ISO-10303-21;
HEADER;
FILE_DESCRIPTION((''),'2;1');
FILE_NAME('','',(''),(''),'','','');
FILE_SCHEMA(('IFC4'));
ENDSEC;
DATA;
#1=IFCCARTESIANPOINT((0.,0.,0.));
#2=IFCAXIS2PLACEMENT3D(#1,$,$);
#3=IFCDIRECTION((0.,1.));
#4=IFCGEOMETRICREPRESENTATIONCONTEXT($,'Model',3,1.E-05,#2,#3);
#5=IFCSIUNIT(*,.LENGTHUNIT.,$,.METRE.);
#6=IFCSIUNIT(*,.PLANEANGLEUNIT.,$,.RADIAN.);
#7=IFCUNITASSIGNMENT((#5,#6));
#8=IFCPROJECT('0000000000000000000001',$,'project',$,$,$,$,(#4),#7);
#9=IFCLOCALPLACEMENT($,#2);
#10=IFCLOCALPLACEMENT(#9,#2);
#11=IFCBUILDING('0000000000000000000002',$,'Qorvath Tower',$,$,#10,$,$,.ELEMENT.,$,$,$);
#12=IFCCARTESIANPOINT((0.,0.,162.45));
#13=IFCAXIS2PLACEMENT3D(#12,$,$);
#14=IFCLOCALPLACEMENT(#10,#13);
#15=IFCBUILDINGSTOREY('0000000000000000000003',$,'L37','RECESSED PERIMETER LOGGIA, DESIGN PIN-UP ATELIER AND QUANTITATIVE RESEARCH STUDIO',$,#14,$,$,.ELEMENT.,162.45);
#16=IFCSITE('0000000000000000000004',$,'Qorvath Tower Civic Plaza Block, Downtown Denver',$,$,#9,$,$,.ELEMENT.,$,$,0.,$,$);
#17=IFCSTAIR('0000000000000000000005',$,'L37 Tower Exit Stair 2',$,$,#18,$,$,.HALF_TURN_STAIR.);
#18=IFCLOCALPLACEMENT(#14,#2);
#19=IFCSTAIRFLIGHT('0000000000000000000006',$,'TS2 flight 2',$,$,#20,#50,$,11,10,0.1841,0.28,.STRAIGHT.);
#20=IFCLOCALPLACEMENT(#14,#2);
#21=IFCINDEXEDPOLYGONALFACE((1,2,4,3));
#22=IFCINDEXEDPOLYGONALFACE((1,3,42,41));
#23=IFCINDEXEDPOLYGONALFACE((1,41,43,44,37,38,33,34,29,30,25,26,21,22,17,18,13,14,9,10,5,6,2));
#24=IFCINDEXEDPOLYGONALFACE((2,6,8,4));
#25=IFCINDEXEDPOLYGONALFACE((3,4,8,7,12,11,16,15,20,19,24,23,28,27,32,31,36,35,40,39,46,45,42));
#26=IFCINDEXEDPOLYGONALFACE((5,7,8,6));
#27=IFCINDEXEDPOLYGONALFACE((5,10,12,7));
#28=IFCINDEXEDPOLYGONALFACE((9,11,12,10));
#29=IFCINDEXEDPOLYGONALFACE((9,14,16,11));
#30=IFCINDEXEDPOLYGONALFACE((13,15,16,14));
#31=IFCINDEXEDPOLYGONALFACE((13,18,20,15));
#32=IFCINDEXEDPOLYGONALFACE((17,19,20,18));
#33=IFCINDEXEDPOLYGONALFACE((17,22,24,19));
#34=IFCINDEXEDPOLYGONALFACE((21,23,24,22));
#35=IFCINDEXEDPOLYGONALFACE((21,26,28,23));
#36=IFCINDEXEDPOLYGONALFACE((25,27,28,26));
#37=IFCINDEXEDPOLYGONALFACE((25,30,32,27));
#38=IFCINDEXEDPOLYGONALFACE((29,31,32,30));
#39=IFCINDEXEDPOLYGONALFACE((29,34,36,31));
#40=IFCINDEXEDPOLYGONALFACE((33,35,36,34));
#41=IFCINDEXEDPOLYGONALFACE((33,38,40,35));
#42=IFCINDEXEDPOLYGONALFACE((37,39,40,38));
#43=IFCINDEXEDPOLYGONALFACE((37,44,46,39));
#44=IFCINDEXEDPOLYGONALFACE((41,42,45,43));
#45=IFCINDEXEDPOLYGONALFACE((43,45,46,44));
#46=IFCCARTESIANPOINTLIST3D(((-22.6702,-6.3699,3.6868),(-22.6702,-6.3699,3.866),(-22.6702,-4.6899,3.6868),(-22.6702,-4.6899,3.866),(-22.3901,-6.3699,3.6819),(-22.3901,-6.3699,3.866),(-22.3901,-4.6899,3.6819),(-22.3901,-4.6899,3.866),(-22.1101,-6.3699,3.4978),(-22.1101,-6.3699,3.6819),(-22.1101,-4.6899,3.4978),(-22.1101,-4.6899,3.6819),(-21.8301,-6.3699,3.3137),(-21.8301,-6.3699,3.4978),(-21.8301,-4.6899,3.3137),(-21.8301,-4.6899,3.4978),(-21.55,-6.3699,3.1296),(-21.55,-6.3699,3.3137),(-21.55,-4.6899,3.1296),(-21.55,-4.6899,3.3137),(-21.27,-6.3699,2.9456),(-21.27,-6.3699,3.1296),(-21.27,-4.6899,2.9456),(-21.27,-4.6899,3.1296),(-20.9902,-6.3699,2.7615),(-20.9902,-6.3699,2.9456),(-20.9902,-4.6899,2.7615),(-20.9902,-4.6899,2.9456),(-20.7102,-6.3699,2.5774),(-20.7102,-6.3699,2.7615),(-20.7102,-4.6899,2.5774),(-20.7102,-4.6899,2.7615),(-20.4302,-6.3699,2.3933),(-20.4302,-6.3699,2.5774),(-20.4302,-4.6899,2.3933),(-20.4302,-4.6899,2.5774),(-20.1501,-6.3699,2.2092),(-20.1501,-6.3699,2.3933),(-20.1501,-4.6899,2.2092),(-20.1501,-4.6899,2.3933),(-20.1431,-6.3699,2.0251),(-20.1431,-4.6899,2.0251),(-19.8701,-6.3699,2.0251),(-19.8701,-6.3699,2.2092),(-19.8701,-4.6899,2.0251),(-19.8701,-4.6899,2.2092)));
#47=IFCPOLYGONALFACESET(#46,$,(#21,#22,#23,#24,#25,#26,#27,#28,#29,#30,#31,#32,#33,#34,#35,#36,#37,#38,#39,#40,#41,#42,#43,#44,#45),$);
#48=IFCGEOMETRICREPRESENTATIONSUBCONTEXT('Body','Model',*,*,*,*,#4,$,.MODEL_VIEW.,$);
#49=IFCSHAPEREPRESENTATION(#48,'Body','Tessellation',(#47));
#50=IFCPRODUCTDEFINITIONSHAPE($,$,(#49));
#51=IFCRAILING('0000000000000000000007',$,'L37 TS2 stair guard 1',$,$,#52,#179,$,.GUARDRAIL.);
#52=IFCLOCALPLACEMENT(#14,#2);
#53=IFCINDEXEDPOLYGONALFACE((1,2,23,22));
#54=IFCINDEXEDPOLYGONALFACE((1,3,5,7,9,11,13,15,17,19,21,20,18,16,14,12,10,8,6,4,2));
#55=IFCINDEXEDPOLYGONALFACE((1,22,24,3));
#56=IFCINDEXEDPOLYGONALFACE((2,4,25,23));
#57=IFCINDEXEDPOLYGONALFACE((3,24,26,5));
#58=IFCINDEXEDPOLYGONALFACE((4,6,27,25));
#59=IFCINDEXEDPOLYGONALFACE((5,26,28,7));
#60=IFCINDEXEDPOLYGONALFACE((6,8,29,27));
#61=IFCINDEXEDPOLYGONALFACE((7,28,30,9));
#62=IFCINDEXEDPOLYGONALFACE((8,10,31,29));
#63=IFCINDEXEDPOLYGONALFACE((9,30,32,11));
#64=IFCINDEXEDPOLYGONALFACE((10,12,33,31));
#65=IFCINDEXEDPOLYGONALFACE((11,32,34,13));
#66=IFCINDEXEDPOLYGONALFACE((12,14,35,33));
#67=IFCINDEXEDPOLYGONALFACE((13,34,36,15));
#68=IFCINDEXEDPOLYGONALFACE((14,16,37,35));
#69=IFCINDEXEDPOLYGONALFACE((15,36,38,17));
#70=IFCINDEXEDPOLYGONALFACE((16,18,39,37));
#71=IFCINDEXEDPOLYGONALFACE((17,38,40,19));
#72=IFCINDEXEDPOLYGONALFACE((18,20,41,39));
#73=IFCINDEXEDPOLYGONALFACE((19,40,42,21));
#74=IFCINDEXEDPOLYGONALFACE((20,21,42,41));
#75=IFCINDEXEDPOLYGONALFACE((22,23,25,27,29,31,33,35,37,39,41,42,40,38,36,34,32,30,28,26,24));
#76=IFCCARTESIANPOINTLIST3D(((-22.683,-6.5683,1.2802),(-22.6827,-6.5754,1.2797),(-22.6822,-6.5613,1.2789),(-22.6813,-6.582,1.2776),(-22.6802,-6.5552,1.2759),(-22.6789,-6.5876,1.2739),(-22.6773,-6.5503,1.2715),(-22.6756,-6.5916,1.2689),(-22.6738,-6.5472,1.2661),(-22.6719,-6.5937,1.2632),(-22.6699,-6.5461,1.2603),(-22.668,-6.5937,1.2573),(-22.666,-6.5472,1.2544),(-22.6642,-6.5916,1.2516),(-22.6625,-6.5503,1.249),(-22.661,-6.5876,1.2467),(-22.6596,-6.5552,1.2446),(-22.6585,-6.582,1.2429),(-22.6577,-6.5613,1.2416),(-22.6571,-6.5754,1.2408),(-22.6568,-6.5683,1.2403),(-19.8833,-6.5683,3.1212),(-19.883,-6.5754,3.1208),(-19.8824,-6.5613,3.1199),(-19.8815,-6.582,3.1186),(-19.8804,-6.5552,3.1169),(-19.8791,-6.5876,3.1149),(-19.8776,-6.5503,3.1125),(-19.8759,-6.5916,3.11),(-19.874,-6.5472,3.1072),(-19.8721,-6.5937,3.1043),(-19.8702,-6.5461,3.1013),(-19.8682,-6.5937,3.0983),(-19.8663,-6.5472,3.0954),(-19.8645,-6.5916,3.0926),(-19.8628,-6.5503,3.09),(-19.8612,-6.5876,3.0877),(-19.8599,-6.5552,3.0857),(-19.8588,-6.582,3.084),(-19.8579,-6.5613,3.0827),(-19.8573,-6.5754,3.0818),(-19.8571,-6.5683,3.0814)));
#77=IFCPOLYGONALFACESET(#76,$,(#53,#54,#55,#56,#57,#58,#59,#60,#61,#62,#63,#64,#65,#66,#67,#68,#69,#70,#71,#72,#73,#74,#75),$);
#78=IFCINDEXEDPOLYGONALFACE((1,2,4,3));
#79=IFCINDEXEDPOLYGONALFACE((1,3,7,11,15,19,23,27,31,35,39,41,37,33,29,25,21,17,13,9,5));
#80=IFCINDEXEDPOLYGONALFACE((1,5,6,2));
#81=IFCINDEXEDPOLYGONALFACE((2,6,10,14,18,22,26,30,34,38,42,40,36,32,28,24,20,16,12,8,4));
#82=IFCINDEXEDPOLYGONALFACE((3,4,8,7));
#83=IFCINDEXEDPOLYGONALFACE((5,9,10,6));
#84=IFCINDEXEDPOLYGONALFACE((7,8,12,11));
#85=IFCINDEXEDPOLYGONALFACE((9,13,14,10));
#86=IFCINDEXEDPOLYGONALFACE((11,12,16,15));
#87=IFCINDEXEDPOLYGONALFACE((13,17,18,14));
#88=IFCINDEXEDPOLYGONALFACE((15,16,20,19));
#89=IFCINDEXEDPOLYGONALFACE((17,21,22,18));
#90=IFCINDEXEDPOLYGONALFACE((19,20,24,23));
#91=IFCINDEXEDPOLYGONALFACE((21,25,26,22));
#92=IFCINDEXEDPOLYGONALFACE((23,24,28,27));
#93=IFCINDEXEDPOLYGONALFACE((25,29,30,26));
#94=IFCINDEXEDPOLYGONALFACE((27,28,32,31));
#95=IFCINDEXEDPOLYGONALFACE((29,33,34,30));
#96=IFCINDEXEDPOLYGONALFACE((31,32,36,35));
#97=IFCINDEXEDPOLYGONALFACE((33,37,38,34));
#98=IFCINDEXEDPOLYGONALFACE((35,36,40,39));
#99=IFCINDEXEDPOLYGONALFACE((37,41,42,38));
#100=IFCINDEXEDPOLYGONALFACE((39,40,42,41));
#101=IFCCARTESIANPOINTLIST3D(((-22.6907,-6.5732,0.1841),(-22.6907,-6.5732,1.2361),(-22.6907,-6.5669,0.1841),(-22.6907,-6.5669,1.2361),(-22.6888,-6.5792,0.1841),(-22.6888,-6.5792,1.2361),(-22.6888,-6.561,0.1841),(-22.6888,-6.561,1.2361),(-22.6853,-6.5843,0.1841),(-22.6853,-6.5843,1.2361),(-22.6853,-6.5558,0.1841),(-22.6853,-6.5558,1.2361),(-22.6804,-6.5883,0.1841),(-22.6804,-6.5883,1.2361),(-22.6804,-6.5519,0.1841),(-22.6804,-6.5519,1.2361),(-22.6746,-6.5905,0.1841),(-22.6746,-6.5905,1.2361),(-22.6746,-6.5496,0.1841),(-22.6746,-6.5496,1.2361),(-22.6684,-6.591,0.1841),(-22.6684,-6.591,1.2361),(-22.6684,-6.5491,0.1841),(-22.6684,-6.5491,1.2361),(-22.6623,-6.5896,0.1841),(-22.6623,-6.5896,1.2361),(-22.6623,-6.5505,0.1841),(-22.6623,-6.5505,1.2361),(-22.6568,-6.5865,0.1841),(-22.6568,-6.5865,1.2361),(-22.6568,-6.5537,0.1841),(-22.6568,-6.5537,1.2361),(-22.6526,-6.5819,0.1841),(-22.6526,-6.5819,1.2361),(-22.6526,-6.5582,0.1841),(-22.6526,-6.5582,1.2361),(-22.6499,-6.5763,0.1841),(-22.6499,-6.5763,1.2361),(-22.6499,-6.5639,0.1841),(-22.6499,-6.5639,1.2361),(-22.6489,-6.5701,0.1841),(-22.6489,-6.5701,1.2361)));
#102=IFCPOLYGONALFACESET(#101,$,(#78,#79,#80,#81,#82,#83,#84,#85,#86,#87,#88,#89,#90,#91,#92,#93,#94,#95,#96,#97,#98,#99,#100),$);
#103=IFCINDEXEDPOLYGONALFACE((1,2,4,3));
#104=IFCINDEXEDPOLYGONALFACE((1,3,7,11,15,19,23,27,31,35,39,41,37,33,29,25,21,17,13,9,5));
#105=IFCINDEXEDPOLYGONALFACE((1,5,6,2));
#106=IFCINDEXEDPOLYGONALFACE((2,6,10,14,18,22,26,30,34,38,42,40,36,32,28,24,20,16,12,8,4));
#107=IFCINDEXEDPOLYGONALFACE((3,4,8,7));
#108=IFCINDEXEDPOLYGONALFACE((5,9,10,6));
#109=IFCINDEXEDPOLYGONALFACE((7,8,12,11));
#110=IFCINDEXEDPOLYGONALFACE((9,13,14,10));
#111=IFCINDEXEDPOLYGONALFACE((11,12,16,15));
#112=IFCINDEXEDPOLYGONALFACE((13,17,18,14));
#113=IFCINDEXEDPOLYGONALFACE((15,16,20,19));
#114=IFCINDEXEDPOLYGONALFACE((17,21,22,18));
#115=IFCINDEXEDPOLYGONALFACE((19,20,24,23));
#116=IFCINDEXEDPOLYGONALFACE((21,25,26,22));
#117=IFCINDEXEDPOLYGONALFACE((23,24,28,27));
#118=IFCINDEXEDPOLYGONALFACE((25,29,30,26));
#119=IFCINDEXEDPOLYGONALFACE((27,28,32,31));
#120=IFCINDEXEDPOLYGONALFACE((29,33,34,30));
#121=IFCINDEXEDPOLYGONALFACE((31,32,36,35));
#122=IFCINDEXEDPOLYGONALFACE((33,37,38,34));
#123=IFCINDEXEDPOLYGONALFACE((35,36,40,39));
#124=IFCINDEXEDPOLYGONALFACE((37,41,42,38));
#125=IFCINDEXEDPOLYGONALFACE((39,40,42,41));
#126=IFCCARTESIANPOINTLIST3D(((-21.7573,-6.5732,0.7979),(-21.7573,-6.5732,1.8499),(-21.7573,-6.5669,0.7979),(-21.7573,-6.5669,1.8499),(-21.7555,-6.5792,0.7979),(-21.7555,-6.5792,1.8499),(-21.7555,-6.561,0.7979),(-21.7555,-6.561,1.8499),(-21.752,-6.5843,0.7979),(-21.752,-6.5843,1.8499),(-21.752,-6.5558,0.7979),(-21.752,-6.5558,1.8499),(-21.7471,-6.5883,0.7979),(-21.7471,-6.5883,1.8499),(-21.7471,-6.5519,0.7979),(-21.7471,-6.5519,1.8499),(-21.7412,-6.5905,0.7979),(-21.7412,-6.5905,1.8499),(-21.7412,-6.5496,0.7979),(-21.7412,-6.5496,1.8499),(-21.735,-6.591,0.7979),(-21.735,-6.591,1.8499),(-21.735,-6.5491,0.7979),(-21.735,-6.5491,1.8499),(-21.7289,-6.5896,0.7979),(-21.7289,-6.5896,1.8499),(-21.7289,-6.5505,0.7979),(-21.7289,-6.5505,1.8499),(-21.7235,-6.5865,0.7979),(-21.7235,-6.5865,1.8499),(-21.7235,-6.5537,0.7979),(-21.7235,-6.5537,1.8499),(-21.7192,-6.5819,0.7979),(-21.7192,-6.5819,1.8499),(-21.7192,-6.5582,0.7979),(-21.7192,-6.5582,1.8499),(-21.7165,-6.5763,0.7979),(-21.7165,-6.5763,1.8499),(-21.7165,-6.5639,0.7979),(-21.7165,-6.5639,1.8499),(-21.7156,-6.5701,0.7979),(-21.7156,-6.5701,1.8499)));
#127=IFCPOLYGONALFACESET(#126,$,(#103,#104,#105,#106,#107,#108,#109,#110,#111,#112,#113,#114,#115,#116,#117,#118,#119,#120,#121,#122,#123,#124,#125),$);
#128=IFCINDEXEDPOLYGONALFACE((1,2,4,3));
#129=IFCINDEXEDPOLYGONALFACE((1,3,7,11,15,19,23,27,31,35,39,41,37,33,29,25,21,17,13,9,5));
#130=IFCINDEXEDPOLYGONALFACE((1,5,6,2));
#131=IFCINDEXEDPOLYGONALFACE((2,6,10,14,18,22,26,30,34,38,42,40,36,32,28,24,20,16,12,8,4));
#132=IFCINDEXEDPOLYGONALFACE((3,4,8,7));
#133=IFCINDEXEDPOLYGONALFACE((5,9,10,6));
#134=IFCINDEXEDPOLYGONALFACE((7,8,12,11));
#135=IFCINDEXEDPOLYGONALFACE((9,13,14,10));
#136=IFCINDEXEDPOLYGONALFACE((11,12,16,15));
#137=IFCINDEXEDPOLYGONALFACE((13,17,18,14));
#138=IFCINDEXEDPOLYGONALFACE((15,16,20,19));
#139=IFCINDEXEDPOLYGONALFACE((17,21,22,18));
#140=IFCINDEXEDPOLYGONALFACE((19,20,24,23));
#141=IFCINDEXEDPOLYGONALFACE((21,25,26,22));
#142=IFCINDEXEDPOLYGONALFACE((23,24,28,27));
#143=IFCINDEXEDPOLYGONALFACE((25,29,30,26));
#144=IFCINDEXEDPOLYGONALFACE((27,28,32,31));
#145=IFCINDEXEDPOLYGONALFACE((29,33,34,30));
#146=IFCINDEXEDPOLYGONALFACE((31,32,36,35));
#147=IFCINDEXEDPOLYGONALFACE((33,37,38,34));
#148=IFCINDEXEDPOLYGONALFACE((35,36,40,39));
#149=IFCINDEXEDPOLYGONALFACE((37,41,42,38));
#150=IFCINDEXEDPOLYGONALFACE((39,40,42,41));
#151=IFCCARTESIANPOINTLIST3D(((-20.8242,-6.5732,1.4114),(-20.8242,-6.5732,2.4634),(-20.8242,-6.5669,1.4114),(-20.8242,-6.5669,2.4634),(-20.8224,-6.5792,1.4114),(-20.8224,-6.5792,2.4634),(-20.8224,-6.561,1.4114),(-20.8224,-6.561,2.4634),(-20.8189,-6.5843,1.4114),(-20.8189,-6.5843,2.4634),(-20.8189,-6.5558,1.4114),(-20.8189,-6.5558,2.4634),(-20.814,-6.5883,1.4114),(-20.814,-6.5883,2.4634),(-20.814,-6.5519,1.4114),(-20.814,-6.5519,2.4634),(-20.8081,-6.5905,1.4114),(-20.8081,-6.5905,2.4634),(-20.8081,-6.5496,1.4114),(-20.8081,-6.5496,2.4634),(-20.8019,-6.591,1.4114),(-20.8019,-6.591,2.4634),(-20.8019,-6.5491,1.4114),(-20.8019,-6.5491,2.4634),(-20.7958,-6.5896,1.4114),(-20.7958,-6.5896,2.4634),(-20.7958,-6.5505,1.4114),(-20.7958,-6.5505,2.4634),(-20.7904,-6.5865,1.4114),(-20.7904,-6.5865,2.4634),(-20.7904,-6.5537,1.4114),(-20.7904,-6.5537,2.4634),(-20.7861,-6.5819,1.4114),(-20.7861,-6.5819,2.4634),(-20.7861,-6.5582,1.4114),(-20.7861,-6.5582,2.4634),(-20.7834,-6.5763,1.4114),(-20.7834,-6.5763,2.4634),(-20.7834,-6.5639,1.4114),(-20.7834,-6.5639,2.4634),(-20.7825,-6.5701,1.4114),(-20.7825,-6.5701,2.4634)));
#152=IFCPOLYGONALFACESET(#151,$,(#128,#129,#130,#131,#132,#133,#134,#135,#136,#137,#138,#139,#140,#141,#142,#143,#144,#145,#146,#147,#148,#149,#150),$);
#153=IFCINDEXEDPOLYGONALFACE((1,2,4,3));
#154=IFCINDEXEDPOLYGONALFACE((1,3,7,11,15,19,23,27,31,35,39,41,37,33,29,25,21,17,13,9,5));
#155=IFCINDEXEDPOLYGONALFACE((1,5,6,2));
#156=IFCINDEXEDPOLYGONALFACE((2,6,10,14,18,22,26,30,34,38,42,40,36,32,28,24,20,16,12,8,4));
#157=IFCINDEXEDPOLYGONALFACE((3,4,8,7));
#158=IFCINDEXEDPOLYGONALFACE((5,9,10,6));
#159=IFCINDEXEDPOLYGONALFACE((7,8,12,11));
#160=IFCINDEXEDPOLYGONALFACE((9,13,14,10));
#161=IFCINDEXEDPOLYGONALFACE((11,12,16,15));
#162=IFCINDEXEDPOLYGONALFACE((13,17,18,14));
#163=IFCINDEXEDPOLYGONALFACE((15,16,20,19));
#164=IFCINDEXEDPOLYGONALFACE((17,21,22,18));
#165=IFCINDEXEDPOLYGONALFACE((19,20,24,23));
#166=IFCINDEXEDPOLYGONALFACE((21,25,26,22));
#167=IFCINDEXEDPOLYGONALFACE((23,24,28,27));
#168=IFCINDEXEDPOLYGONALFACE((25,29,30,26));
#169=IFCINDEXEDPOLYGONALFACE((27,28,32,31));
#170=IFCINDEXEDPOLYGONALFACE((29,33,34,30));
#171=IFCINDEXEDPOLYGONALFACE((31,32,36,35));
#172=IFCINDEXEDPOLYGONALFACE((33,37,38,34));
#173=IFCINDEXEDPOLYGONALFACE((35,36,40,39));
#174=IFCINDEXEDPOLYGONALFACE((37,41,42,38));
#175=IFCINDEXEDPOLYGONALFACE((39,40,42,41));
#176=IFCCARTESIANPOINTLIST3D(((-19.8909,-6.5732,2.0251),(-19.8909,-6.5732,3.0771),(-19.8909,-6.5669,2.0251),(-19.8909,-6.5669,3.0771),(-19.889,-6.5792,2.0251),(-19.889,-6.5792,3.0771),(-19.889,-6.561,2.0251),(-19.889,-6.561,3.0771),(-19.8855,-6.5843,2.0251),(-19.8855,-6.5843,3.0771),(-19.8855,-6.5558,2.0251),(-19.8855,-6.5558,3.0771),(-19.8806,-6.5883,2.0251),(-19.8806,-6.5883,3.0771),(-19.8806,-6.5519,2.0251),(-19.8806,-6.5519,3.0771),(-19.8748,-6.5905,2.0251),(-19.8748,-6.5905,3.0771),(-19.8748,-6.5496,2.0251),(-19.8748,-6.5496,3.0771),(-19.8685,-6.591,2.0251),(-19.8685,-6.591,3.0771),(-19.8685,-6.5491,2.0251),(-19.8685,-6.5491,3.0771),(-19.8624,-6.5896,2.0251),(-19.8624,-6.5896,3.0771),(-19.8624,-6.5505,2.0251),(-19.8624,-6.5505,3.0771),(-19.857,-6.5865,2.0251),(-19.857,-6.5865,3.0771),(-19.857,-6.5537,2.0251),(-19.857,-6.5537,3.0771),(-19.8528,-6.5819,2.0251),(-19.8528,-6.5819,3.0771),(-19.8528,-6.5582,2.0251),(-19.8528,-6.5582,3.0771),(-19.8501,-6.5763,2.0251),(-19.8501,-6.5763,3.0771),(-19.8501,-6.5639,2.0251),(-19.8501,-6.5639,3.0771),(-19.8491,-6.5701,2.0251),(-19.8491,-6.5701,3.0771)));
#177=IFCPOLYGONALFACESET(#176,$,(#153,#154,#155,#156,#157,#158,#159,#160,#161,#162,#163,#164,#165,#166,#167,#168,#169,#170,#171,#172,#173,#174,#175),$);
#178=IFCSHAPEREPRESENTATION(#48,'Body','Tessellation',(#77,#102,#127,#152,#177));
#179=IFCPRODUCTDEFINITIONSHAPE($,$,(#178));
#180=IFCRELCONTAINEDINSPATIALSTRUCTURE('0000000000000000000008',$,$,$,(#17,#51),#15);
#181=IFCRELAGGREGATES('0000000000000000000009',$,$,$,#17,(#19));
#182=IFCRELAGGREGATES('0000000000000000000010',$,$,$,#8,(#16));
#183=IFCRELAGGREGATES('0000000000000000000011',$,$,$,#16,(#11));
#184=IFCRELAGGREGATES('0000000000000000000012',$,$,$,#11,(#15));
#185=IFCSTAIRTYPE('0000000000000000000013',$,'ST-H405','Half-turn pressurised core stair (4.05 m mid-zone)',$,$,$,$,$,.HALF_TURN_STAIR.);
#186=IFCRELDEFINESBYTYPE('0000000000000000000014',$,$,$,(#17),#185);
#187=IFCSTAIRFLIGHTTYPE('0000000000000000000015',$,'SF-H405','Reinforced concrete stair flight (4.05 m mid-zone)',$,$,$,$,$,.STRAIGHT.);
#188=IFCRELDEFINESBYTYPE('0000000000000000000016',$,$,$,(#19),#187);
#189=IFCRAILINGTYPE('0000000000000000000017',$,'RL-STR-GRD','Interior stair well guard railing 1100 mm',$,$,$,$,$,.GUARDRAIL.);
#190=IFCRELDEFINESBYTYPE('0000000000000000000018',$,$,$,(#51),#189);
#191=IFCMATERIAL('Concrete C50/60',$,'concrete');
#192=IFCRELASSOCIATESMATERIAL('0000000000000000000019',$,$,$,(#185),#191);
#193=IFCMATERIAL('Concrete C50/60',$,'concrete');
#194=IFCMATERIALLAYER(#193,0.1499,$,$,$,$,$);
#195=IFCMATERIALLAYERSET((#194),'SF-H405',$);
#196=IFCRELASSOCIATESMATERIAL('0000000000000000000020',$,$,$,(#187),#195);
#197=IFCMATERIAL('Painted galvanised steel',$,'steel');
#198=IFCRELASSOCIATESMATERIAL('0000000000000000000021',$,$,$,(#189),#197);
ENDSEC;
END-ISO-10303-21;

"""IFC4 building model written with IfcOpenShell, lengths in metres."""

from ifc_helpers import new_model, si_unit, direction, frame, origin, origin_2d, place, context, subcontext, project, spatial, polyline, circle, outline, extrude, material, layer, layer_set, type_object, element, aggregate, save


model = new_model("IFC4")

# Units and contexts
model_context = context("Model", 3, precision=1e-05, world=origin(), true_north=direction((0.0, 1.0)))
body_context = subcontext(model_context, "Body", "Model", "MODEL_VIEW")
ifc_project = project(units=[si_unit("LENGTHUNIT", "METRE"), si_unit("PLANEANGLEUNIT", "RADIAN")], contexts=[model_context])

# Site, building, storey
site_placement = place(None, origin())
site = spatial("IfcSite", under=ifc_project, at=site_placement, Name="Qorvath Tower Civic Plaza Block, Downtown Denver", CompositionType="ELEMENT", RefElevation=0.0)
building_placement = place(site_placement, origin())
building = spatial("IfcBuilding", under=site, at=building_placement, Name="Qorvath Tower", CompositionType="ELEMENT")
storey_placement = place(building_placement, frame((0.0, 0.0, 162.45)))
storey = spatial("IfcBuildingStorey", under=building, at=storey_placement, Name="L37", Description="RECESSED PERIMETER LOGGIA, DESIGN PIN-UP ATELIER AND QUANTITATIVE RESEARCH STUDIO", CompositionType="ELEMENT", Elevation=162.45)

# Stair, stair flight
ifc_material_1 = material(Name="Concrete C50/60", Category="concrete")
stair_type = type_object("IfcStairType", Name="ST-H405", Description="Half-turn pressurised core stair (4.05 m mid-zone)", PredefinedType="HALF_TURN_STAIR", material=ifc_material_1)
stair_placement = place(storey_placement, origin())
stair = element("IfcStair", 1, at=stair_placement, inside=storey, type_object=stair_type, Name="L37 Tower Exit Stair 2", PredefinedType="HALF_TURN_STAIR")
ifc_material_2 = material(Name="Concrete C50/60", Category="concrete")
ifc_layer_1 = layer(ifc_material_2, 0.1499)
ifc_layer_set_1 = layer_set([ifc_layer_1], Name="SF-H405")
stair_flight_type = type_object("IfcStairFlightType", Name="SF-H405", Description="Reinforced concrete stair flight (4.05 m mid-zone)", PredefinedType="STRAIGHT", material=ifc_layer_set_1)
stair_flight_1_placement = place(storey_placement, frame((-19.8701, -5.53, 2.0251), z_axis=(0.0, 0.0, 1.0), x_axis=(-1.0, 0.0, 0.0)))
stair_flight_1 = element("IfcStairFlight", 2, at=stair_flight_1_placement, type_object=stair_flight_type, Name="TS2 flight 2", NumberOfRisers=11, NumberOfTreads=10, PredefinedType="STRAIGHT", RiserHeight=0.1841, TreadLength=0.28, context=body_context, shape_type="SweptSolid", body=[
    extrude(outline(polyline([(0.0, 0.0), (0.0, 0.1841), (0.28, 0.1841), (0.28, 0.3682), (0.5601, 0.3682), (0.5601, 0.5522), (0.8401, 0.5522), (0.8401, 0.7363), (1.1201, 0.7363), (1.1201, 0.9204), (1.3999, 0.9204), (1.3999, 1.1045), (1.6799, 1.1045), (1.6799, 1.2886), (1.96, 1.2886), (1.96, 1.4727), (2.24, 1.4727), (2.24, 1.6567), (2.52, 1.6567), (2.52, 1.8408), (2.8, 1.8408), (2.8, 2.0249), (2.8, 1.6616), (0.2729, 0.0), (0.0, 0.0)])), frame((0.0, 0.8398, 0.0), z_axis=(0.0, -1.0, 0.0), x_axis=(1.0, 0.0, 0.0)), (0.0, 0.0, 1.0), 1.6799),
])
aggregate(stair, [stair_flight_1])

# Railing
ifc_material_3 = material(Name="Painted galvanised steel", Category="steel")
railing_type_1 = type_object("IfcRailingType", Name="RL-STR-GRD", Description="Interior stair well guard railing 1100 mm", PredefinedType="GUARDRAIL", material=ifc_material_3)
railing_1_placement = place(storey_placement, frame((-22.6699, -6.5701, 0.1841)))
element("IfcRailing", 3, at=railing_1_placement, inside=storey, type_object=railing_type_1, Name="L37 TS2 stair guard 1", PredefinedType="GUARDRAIL", context=body_context, shape_type="SweptSolid", body=[
    extrude(circle(Radius=0.0239, at=origin_2d()), frame((0.0, 0.0, 1.0762), z_axis=(0.835542, 0.0, 0.549426), x_axis=(0.0, 1.0, 0.0)), (0.0, 0.0, 1.0), 3.3508),
    extrude(circle(Radius=0.021, at=origin_2d()), origin(), (0.0, 0.0, 1.0), 1.052),
    extrude(circle(Radius=0.021, at=origin_2d()), frame((0.9333, 0.0, 0.6138)), (0.0, 0.0, 1.0), 1.052),
    extrude(circle(Radius=0.021, at=origin_2d()), frame((1.8665, 0.0, 1.2273)), (0.0, 0.0, 1.0), 1.052),
    extrude(circle(Radius=0.021, at=origin_2d()), frame((2.7998, 0.0, 1.8411)), (0.0, 0.0, 1.0), 1.052),
])

save(model, "model.ifc")
